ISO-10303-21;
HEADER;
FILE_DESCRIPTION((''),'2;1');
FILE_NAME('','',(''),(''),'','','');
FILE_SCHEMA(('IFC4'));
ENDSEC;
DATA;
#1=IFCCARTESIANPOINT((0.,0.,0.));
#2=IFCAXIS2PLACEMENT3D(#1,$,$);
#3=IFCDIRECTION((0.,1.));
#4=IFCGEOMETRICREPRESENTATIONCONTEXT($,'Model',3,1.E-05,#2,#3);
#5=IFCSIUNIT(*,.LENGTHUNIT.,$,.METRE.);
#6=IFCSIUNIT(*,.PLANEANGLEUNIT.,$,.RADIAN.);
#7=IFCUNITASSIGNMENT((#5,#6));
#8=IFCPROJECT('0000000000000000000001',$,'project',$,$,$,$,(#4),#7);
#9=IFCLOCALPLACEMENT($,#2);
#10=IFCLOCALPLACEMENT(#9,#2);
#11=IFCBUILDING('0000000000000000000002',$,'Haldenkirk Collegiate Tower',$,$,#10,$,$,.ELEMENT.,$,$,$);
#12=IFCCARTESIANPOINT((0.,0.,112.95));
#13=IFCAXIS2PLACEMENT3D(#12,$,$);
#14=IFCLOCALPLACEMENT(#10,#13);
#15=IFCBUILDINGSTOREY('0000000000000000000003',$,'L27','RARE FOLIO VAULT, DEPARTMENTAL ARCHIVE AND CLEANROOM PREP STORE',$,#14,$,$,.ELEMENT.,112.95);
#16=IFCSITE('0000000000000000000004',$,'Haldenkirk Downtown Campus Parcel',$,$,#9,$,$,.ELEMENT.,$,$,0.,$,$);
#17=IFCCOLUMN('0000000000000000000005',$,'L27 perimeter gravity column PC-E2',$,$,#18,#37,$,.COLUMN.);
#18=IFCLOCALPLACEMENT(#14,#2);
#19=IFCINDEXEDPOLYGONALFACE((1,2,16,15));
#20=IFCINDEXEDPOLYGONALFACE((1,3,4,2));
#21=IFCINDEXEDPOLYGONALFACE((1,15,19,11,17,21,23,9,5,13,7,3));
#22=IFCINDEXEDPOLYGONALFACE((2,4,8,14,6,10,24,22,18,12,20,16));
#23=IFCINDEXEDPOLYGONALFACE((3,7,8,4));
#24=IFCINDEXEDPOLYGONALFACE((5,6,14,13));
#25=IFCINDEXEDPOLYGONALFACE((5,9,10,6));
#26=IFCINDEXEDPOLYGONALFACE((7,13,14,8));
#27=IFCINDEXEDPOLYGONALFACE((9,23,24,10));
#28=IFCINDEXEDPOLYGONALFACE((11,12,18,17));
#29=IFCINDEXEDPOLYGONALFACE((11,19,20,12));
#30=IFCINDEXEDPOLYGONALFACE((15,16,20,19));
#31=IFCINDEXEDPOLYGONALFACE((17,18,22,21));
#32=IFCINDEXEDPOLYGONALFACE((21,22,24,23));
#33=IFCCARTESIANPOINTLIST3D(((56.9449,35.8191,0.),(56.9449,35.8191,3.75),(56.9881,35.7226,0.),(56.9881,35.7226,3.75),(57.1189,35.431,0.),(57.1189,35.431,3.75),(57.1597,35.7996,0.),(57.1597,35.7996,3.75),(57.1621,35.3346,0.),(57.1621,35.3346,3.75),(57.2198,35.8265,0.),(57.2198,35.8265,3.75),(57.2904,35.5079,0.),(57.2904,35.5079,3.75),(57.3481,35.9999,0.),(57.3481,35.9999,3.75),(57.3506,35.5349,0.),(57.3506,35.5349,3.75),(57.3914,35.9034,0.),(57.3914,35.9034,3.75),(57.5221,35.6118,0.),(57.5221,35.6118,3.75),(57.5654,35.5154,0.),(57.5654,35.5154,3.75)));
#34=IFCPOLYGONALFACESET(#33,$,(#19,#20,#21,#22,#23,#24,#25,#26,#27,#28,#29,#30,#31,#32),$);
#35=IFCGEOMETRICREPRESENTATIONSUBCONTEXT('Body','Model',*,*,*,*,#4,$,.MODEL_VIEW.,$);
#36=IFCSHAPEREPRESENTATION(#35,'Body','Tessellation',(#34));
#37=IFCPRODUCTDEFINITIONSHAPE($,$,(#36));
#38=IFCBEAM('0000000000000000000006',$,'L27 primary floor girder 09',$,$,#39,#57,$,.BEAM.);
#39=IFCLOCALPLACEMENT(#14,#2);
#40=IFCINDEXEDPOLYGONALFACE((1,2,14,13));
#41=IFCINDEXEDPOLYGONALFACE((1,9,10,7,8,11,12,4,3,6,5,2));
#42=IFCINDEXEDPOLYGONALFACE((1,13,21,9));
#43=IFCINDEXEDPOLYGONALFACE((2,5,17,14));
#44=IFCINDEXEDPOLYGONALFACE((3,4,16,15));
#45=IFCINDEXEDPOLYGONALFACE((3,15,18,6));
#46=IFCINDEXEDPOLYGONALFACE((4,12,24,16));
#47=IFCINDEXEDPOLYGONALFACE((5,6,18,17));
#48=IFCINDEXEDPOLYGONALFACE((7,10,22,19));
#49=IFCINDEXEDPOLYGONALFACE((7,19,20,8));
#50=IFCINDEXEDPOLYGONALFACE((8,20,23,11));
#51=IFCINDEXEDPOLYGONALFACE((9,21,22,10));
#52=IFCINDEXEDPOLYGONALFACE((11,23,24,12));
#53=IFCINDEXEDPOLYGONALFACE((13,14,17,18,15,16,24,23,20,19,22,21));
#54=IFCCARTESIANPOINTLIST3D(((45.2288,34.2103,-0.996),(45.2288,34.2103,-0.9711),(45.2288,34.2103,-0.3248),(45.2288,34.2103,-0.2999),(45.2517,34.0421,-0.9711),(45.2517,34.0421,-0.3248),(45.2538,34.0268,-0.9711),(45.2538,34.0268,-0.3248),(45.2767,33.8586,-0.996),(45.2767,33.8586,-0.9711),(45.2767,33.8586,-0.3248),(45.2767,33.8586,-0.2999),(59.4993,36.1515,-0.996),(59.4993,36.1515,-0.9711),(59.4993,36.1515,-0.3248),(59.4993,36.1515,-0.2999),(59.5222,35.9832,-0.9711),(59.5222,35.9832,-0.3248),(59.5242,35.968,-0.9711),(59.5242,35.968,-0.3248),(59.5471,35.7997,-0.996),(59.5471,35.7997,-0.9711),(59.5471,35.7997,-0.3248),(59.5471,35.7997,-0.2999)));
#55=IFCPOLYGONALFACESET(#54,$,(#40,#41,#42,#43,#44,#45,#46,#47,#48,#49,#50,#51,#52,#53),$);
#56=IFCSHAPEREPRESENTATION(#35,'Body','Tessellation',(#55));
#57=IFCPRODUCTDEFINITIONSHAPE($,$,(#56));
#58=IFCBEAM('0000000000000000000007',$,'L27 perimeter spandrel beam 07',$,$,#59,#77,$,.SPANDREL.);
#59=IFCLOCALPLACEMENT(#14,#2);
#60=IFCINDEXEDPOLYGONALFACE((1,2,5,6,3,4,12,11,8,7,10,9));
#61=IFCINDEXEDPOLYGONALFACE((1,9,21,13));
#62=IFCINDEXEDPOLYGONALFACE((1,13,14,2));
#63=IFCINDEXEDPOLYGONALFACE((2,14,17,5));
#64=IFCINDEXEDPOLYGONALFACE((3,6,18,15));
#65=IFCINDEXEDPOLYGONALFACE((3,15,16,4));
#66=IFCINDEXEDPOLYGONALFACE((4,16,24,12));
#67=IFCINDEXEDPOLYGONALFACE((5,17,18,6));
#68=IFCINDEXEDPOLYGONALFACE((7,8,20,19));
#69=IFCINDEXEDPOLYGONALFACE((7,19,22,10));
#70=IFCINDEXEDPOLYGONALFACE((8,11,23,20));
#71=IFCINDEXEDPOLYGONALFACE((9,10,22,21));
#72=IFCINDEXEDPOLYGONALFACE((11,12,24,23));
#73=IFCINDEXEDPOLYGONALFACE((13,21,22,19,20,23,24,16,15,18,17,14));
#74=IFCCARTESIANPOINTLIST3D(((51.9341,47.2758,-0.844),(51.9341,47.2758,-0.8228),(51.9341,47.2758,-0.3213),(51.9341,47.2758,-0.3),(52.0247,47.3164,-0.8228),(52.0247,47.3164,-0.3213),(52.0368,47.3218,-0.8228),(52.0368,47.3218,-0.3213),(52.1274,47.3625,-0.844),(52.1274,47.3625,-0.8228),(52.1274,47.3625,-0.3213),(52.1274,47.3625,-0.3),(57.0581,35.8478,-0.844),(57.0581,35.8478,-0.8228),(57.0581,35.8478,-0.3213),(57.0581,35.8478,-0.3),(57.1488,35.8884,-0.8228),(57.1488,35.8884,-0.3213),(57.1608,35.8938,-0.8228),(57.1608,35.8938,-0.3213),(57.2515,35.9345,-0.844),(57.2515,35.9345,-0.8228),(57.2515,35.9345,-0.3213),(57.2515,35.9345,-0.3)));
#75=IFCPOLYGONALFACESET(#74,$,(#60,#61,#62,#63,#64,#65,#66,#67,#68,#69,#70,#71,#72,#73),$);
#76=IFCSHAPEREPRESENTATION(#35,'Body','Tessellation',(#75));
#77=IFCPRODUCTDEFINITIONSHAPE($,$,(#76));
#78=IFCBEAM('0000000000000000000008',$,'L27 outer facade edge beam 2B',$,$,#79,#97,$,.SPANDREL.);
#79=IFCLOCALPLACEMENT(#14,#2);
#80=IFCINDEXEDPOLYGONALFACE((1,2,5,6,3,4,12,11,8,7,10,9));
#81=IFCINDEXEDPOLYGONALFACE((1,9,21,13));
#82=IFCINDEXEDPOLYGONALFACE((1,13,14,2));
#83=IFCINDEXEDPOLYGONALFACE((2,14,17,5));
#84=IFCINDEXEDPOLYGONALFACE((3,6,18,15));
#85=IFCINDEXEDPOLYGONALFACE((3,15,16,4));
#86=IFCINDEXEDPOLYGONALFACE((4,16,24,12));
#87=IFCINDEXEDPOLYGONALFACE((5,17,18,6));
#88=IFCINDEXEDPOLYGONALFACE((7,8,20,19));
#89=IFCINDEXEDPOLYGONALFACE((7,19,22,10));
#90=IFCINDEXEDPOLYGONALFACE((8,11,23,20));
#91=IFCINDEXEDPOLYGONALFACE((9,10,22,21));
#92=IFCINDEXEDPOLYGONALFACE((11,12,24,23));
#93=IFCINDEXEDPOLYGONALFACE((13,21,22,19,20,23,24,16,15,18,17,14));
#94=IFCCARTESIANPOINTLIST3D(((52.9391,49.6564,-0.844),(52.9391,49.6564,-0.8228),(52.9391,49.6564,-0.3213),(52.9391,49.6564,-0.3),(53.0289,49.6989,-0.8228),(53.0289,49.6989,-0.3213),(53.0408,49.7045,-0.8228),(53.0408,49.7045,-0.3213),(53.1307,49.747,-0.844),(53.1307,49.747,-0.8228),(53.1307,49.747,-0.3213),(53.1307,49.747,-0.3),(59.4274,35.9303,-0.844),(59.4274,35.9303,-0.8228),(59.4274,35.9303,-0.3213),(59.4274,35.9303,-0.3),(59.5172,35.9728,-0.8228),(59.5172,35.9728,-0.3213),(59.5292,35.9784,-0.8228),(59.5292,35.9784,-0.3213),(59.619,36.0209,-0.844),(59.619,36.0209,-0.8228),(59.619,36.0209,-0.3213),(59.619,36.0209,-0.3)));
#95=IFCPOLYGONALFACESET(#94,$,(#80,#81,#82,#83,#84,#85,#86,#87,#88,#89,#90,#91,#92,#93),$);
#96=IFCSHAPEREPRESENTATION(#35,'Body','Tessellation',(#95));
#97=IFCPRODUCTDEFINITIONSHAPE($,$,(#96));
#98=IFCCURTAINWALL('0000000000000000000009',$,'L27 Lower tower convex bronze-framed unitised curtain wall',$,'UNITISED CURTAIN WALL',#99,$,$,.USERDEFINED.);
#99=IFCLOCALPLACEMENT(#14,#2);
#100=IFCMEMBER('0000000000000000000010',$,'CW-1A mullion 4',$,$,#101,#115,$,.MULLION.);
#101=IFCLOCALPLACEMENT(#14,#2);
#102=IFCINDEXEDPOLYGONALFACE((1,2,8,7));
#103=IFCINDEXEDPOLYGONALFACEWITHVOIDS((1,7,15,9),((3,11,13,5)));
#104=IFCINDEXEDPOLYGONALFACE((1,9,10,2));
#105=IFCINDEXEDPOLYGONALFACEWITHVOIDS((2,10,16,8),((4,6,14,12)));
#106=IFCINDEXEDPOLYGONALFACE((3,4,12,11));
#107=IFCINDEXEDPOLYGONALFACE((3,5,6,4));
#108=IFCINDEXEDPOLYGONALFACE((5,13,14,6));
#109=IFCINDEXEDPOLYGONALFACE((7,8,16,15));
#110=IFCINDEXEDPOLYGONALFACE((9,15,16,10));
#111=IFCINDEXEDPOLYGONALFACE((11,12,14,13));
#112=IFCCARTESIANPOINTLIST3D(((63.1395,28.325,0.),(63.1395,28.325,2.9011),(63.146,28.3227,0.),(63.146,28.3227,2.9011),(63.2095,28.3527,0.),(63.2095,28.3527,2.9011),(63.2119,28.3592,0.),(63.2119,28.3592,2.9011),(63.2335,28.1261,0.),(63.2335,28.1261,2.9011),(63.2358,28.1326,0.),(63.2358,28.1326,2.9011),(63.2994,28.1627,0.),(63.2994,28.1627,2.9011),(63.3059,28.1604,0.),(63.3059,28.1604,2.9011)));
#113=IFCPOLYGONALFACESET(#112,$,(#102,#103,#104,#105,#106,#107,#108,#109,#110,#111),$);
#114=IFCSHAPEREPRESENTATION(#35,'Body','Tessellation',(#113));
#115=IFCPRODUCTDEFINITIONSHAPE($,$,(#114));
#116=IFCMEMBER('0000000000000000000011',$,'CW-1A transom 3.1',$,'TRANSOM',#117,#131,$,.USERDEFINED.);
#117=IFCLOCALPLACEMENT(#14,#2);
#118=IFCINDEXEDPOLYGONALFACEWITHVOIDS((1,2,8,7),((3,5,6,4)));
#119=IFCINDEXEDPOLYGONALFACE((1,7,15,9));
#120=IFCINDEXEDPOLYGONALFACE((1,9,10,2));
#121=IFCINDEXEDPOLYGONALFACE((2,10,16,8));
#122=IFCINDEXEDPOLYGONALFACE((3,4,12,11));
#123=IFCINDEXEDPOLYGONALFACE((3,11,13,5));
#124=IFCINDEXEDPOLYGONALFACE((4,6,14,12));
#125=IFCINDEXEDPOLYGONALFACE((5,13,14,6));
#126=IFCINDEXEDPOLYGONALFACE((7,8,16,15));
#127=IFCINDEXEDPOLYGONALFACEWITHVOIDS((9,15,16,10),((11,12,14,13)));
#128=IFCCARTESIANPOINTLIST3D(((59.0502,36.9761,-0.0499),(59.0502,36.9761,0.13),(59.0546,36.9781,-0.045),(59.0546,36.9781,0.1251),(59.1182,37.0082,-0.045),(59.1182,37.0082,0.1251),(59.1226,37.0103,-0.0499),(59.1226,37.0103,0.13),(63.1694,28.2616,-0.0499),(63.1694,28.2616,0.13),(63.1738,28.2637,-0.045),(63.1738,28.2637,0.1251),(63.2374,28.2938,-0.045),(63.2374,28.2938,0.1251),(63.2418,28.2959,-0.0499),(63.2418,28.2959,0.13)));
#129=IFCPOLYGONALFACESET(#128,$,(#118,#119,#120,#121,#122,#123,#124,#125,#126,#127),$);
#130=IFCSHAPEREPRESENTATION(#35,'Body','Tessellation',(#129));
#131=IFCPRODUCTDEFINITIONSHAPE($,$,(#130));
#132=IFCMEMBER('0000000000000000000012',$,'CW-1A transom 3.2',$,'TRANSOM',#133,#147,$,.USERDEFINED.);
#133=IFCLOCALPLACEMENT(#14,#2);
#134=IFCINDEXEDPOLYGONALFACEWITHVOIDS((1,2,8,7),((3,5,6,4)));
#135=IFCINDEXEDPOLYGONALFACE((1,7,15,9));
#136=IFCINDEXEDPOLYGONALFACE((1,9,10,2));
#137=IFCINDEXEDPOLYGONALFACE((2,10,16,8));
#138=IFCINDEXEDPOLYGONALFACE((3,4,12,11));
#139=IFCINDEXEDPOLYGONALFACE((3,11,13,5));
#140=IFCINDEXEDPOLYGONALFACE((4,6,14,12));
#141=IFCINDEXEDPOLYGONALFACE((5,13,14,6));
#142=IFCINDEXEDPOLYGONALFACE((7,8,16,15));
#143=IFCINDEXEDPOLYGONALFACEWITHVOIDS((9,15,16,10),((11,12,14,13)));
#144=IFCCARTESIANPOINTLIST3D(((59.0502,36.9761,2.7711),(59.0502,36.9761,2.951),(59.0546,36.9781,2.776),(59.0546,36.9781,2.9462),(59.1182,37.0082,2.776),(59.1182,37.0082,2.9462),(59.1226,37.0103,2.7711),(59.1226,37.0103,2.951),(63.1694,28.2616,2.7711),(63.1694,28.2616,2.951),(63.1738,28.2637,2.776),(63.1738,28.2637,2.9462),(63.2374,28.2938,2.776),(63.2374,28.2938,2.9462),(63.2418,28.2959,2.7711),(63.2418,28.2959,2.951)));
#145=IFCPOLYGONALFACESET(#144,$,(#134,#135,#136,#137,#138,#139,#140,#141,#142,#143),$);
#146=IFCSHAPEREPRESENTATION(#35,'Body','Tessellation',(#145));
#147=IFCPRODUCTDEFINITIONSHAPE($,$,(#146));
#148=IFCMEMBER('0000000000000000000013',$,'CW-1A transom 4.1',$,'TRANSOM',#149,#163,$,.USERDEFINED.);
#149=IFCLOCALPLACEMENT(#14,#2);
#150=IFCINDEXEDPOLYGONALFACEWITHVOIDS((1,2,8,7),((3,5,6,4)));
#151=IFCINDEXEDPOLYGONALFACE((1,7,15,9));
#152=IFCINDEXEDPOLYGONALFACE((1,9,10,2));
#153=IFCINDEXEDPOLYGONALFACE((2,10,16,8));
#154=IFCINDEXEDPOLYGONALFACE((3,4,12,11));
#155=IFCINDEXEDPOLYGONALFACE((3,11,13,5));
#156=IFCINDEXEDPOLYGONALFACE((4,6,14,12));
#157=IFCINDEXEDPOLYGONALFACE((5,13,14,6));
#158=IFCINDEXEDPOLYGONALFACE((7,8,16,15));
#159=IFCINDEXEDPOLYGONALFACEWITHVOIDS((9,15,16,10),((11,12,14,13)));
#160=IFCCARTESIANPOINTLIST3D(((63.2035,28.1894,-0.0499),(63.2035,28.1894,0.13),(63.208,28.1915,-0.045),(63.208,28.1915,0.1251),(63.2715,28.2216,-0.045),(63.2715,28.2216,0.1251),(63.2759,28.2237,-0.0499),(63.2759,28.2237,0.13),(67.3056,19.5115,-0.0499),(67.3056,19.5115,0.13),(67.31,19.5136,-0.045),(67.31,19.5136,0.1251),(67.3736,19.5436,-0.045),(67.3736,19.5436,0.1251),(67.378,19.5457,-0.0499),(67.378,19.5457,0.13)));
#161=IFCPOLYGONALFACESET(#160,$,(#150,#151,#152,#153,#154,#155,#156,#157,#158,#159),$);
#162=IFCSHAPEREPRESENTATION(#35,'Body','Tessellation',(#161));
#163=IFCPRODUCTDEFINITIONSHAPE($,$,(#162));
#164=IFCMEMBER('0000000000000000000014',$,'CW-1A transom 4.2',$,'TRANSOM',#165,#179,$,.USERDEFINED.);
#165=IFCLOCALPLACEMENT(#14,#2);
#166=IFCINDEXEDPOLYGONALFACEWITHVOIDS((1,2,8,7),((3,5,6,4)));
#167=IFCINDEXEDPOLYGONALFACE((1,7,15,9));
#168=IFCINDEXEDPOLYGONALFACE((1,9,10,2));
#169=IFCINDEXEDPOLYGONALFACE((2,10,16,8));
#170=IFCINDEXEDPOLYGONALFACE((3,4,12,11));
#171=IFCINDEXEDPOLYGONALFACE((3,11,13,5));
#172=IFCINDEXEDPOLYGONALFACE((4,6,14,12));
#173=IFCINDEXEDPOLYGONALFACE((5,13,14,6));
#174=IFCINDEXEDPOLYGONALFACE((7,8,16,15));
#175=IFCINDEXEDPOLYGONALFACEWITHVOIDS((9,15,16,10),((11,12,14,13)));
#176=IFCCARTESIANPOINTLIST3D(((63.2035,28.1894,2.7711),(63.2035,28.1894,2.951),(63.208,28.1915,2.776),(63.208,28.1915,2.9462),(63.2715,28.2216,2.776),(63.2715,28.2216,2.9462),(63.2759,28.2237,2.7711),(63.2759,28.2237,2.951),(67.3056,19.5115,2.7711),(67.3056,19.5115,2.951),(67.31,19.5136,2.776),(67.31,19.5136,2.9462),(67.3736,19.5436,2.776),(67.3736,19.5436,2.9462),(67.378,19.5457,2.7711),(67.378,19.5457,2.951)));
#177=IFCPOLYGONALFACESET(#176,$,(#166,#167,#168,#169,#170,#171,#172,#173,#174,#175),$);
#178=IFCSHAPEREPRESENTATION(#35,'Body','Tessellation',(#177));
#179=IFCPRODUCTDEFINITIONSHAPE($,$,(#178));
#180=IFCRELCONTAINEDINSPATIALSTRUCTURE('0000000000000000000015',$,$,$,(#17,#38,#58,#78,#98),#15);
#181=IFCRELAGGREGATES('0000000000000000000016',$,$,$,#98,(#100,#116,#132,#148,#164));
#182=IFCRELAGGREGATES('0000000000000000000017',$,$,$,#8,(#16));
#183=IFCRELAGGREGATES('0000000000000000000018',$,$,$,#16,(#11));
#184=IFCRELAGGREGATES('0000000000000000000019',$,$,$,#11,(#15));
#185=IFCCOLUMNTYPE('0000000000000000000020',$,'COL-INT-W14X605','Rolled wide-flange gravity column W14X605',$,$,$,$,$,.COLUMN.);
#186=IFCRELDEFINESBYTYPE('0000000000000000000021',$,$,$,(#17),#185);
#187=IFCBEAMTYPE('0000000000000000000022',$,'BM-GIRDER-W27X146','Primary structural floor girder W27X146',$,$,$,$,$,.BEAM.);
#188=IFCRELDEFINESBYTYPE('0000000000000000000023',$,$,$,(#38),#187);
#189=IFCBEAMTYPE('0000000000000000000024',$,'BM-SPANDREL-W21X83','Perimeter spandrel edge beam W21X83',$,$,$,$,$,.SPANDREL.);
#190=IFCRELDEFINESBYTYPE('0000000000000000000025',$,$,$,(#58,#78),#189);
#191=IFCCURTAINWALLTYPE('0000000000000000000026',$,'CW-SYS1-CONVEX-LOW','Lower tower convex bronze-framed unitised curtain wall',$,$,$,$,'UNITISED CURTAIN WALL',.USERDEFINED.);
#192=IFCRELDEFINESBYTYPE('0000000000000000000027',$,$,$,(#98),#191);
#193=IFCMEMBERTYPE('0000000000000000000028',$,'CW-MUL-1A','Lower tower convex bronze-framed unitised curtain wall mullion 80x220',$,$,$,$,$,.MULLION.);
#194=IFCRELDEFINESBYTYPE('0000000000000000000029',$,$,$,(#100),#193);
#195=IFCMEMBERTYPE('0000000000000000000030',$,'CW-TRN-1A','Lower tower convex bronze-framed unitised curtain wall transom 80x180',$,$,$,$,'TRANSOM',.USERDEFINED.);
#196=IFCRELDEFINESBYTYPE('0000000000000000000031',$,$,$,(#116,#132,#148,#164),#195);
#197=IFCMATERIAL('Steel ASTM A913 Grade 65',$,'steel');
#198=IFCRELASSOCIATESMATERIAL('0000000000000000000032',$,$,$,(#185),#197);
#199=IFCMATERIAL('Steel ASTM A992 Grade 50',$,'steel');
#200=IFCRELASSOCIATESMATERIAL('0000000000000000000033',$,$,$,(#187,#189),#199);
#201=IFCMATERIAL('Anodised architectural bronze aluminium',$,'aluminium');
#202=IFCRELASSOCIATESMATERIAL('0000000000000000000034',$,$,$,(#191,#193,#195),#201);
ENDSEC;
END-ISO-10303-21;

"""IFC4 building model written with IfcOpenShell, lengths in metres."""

from ifc_helpers import new_model, si_unit, direction, frame, origin, origin_2d, place, context, subcontext, project, spatial, hollow_rectangle, i_section, extrude, material, material_profile, profile_set, type_object, element, aggregate, save


model = new_model("IFC4")

# Units and contexts
model_context = context("Model", 3, precision=1e-05, world=origin(), true_north=direction((0.0, 1.0)))
body_context = subcontext(model_context, "Body", "Model", "MODEL_VIEW")
ifc_project = project(units=[si_unit("LENGTHUNIT", "METRE"), si_unit("PLANEANGLEUNIT", "RADIAN")], contexts=[model_context])

# Site, building, storey
site_placement = place(None, origin())
site = spatial("IfcSite", under=ifc_project, at=site_placement, Name="Haldenkirk Downtown Campus Parcel", CompositionType="ELEMENT", RefElevation=0.0)
building_placement = place(site_placement, origin())
building = spatial("IfcBuilding", under=site, at=building_placement, Name="Haldenkirk Collegiate Tower", CompositionType="ELEMENT")
storey_placement = place(building_placement, frame((0.0, 0.0, 112.95)))
storey = spatial("IfcBuildingStorey", under=building, at=storey_placement, Name="L27", Description="RARE FOLIO VAULT, DEPARTMENTAL ARCHIVE AND CLEANROOM PREP STORE", CompositionType="ELEMENT", Elevation=112.95)

# Column
ifc_material_1 = material(Name="Steel ASTM A913 Grade 65", Category="steel")
ifc_material_profile_1 = material_profile(ifc_material_1, i_section(OverallWidth=0.4419, OverallDepth=0.531, WebThickness=0.0659, FlangeThickness=0.1057, at=origin_2d()), Name="W14X605")
ifc_profile_set_1 = profile_set([ifc_material_profile_1], Name="Steel ASTM A913 Grade 65")
column_type = type_object("IfcColumnType", Name="COL-INT-W14X605", Description="Rolled wide-flange gravity column W14X605", PredefinedType="COLUMN", material=ifc_profile_set_1)
column_placement = place(storey_placement, frame((57.2551, 35.6672, 0.0), z_axis=(0.0, 0.0, 1.0), x_axis=(0.912477, 0.409127, 0.0)))
element("IfcColumn", 1, at=column_placement, inside=storey, type_object=column_type, Name="L27 perimeter gravity column PC-E2", PredefinedType="COLUMN", context=body_context, shape_type="SweptSolid", body=[
    extrude(i_section(OverallWidth=0.4419, OverallDepth=0.531, WebThickness=0.0659, FlangeThickness=0.1057, at=origin_2d()), origin(), (0.0, 0.0, 1.0), 3.75),
])

# Beams
ifc_material_2 = material(Name="Steel ASTM A992 Grade 50", Category="steel")
ifc_material_profile_2 = material_profile(ifc_material_2, i_section(OverallWidth=0.355, OverallDepth=0.696, WebThickness=0.0154, FlangeThickness=0.0249, at=origin_2d()), Name="W27X146")
ifc_profile_set_2 = profile_set([ifc_material_profile_2], Name="Steel ASTM A992 Grade 50")
beam_type_1 = type_object("IfcBeamType", Name="BM-GIRDER-W27X146", Description="Primary structural floor girder W27X146", PredefinedType="BEAM", material=ifc_profile_set_2)
beam_1_placement = place(storey_placement, frame((59.5232, 35.9756, -0.6479), z_axis=(-0.990875, -0.134785, 0.0), x_axis=(0.134785, -0.990875, 0.0)))
element("IfcBeam", 2, at=beam_1_placement, inside=storey, type_object=beam_type_1, Name="L27 primary floor girder 09", PredefinedType="BEAM", context=body_context, shape_type="SweptSolid", body=[
    extrude(i_section(OverallWidth=0.355, OverallDepth=0.696, WebThickness=0.0154, FlangeThickness=0.0249, at=origin_2d()), origin(), (0.0, 0.0, 1.0), 14.4019),
])
ifc_material_profile_3 = material_profile(ifc_material_2, i_section(OverallWidth=0.2119, OverallDepth=0.5439, WebThickness=0.0132, FlangeThickness=0.0212, at=origin_2d()), Name="W21X83")
ifc_profile_set_3 = profile_set([ifc_material_profile_3], Name="Steel ASTM A992 Grade 50")
beam_type_2 = type_object("IfcBeamType", Name="BM-SPANDREL-W21X83", Description="Perimeter spandrel edge beam W21X83", PredefinedType="SPANDREL", material=ifc_profile_set_3)
beam_2_placement = place(storey_placement, frame((57.1548, 35.8911, -0.572), z_axis=(-0.409131, 0.912475, 0.0), x_axis=(-0.912475, -0.409131, 0.0)))
element("IfcBeam", 3, at=beam_2_placement, inside=storey, type_object=beam_type_2, Name="L27 perimeter spandrel beam 07", PredefinedType="SPANDREL", context=body_context, shape_type="SweptSolid", body=[
    extrude(i_section(OverallWidth=0.2119, OverallDepth=0.5439, WebThickness=0.0132, FlangeThickness=0.0212, at=origin_2d()), origin(), (0.0, 0.0, 1.0), 12.5242),
])
beam_3_placement = place(storey_placement, frame((59.5232, 35.9756, -0.572), z_axis=(-0.427358, 0.904083, 0.0), x_axis=(-0.904083, -0.427358, 0.0)))
element("IfcBeam", 4, at=beam_3_placement, inside=storey, type_object=beam_type_2, Name="L27 outer facade edge beam 2B", PredefinedType="SPANDREL", context=body_context, shape_type="SweptSolid", body=[
    extrude(i_section(OverallWidth=0.2119, OverallDepth=0.5439, WebThickness=0.0132, FlangeThickness=0.0212, at=origin_2d()), origin(), (0.0, 0.0, 1.0), 15.1824),
])

# Curtain wall, members
ifc_material_3 = material(Name="Anodised architectural bronze aluminium", Category="aluminium")
curtain_wall_type = type_object("IfcCurtainWallType", Name="CW-SYS1-CONVEX-LOW", Description="Lower tower convex bronze-framed unitised curtain wall", ElementType="UNITISED CURTAIN WALL", PredefinedType="USERDEFINED", material=ifc_material_3)
curtain_wall_placement = place(storey_placement, origin())
curtain_wall = element("IfcCurtainWall", 5, at=curtain_wall_placement, inside=storey, type_object=curtain_wall_type, Name="L27 Lower tower convex bronze-framed unitised curtain wall", ObjectType="UNITISED CURTAIN WALL", PredefinedType="USERDEFINED")
ifc_material_profile_4 = material_profile(ifc_material_3, hollow_rectangle(XDim=0.0801, YDim=0.22, WallThickness=0.0049, at=origin_2d()), Name="CW-MUL-1A")
ifc_profile_set_4 = profile_set([ifc_material_profile_4], Name="Anodised architectural bronze aluminium")
member_type_1 = type_object("IfcMemberType", Name="CW-MUL-1A", Description="Lower tower convex bronze-framed unitised curtain wall mullion 80x220", PredefinedType="MULLION", material=ifc_profile_set_4)
member_1_placement = place(storey_placement, frame((63.2227, 28.2427, 0.0), z_axis=(0.0, 0.0, 1.0), x_axis=(0.904083, 0.427357, 0.0)))
member_1 = element("IfcMember", 6, at=member_1_placement, type_object=member_type_1, Name="CW-1A mullion 4", PredefinedType="MULLION", context=body_context, shape_type="SweptSolid", body=[
    extrude(hollow_rectangle(XDim=0.0801, YDim=0.22, WallThickness=0.0049, at=origin_2d()), origin(), (0.0, 0.0, 1.0), 2.9011),
])
ifc_material_profile_5 = material_profile(ifc_material_3, hollow_rectangle(XDim=0.0801, YDim=0.1799, WallThickness=0.0049, at=origin_2d()), Name="CW-TRN-1A")
ifc_profile_set_5 = profile_set([ifc_material_profile_5], Name="Anodised architectural bronze aluminium")
member_type_2 = type_object("IfcMemberType", Name="CW-TRN-1A", Description="Lower tower convex bronze-framed unitised curtain wall transom 80x180", ElementType="TRANSOM", PredefinedType="USERDEFINED", material=ifc_profile_set_5)
member_2_placement = place(storey_placement, frame((59.0864, 36.9932, 0.04), z_axis=(0.427348, -0.904087, 0.0), x_axis=(0.904087, 0.427348, 0.0)))
member_2 = element("IfcMember", 7, at=member_2_placement, type_object=member_type_2, Name="CW-1A transom 3.1", ObjectType="TRANSOM", PredefinedType="USERDEFINED", context=body_context, shape_type="SweptSolid", body=[
    extrude(hollow_rectangle(XDim=0.0801, YDim=0.1799, WallThickness=0.0049, at=origin_2d()), origin(), (0.0, 0.0, 1.0), 9.6389),
])
member_3_placement = place(storey_placement, frame((59.0864, 36.9932, 2.8611), z_axis=(0.427348, -0.904087, 0.0), x_axis=(0.904087, 0.427348, 0.0)))
member_3 = element("IfcMember", 8, at=member_3_placement, type_object=member_type_2, Name="CW-1A transom 3.2", ObjectType="TRANSOM", PredefinedType="USERDEFINED", context=body_context, shape_type="SweptSolid", body=[
    extrude(hollow_rectangle(XDim=0.0801, YDim=0.1799, WallThickness=0.0049, at=origin_2d()), origin(), (0.0, 0.0, 1.0), 9.6389),
])
member_4_placement = place(storey_placement, frame((63.2397, 28.2065, 0.04), z_axis=(0.427357, -0.904083, 0.0), x_axis=(0.904083, 0.427357, 0.0)))
member_4 = element("IfcMember", 9, at=member_4_placement, type_object=member_type_2, Name="CW-1A transom 4.1", ObjectType="TRANSOM", PredefinedType="USERDEFINED", context=body_context, shape_type="SweptSolid", body=[
    extrude(hollow_rectangle(XDim=0.0801, YDim=0.1799, WallThickness=0.0049, at=origin_2d()), origin(), (0.0, 0.0, 1.0), 9.5986),
])
member_5_placement = place(storey_placement, frame((63.2397, 28.2065, 2.8611), z_axis=(0.427357, -0.904083, 0.0), x_axis=(0.904083, 0.427357, 0.0)))
member_5 = element("IfcMember", 10, at=member_5_placement, type_object=member_type_2, Name="CW-1A transom 4.2", ObjectType="TRANSOM", PredefinedType="USERDEFINED", context=body_context, shape_type="SweptSolid", body=[
    extrude(hollow_rectangle(XDim=0.0801, YDim=0.1799, WallThickness=0.0049, at=origin_2d()), origin(), (0.0, 0.0, 1.0), 9.5986),
])
aggregate(curtain_wall, [member_1, member_2, member_3, member_4, member_5])

save(model, "model.ifc")
